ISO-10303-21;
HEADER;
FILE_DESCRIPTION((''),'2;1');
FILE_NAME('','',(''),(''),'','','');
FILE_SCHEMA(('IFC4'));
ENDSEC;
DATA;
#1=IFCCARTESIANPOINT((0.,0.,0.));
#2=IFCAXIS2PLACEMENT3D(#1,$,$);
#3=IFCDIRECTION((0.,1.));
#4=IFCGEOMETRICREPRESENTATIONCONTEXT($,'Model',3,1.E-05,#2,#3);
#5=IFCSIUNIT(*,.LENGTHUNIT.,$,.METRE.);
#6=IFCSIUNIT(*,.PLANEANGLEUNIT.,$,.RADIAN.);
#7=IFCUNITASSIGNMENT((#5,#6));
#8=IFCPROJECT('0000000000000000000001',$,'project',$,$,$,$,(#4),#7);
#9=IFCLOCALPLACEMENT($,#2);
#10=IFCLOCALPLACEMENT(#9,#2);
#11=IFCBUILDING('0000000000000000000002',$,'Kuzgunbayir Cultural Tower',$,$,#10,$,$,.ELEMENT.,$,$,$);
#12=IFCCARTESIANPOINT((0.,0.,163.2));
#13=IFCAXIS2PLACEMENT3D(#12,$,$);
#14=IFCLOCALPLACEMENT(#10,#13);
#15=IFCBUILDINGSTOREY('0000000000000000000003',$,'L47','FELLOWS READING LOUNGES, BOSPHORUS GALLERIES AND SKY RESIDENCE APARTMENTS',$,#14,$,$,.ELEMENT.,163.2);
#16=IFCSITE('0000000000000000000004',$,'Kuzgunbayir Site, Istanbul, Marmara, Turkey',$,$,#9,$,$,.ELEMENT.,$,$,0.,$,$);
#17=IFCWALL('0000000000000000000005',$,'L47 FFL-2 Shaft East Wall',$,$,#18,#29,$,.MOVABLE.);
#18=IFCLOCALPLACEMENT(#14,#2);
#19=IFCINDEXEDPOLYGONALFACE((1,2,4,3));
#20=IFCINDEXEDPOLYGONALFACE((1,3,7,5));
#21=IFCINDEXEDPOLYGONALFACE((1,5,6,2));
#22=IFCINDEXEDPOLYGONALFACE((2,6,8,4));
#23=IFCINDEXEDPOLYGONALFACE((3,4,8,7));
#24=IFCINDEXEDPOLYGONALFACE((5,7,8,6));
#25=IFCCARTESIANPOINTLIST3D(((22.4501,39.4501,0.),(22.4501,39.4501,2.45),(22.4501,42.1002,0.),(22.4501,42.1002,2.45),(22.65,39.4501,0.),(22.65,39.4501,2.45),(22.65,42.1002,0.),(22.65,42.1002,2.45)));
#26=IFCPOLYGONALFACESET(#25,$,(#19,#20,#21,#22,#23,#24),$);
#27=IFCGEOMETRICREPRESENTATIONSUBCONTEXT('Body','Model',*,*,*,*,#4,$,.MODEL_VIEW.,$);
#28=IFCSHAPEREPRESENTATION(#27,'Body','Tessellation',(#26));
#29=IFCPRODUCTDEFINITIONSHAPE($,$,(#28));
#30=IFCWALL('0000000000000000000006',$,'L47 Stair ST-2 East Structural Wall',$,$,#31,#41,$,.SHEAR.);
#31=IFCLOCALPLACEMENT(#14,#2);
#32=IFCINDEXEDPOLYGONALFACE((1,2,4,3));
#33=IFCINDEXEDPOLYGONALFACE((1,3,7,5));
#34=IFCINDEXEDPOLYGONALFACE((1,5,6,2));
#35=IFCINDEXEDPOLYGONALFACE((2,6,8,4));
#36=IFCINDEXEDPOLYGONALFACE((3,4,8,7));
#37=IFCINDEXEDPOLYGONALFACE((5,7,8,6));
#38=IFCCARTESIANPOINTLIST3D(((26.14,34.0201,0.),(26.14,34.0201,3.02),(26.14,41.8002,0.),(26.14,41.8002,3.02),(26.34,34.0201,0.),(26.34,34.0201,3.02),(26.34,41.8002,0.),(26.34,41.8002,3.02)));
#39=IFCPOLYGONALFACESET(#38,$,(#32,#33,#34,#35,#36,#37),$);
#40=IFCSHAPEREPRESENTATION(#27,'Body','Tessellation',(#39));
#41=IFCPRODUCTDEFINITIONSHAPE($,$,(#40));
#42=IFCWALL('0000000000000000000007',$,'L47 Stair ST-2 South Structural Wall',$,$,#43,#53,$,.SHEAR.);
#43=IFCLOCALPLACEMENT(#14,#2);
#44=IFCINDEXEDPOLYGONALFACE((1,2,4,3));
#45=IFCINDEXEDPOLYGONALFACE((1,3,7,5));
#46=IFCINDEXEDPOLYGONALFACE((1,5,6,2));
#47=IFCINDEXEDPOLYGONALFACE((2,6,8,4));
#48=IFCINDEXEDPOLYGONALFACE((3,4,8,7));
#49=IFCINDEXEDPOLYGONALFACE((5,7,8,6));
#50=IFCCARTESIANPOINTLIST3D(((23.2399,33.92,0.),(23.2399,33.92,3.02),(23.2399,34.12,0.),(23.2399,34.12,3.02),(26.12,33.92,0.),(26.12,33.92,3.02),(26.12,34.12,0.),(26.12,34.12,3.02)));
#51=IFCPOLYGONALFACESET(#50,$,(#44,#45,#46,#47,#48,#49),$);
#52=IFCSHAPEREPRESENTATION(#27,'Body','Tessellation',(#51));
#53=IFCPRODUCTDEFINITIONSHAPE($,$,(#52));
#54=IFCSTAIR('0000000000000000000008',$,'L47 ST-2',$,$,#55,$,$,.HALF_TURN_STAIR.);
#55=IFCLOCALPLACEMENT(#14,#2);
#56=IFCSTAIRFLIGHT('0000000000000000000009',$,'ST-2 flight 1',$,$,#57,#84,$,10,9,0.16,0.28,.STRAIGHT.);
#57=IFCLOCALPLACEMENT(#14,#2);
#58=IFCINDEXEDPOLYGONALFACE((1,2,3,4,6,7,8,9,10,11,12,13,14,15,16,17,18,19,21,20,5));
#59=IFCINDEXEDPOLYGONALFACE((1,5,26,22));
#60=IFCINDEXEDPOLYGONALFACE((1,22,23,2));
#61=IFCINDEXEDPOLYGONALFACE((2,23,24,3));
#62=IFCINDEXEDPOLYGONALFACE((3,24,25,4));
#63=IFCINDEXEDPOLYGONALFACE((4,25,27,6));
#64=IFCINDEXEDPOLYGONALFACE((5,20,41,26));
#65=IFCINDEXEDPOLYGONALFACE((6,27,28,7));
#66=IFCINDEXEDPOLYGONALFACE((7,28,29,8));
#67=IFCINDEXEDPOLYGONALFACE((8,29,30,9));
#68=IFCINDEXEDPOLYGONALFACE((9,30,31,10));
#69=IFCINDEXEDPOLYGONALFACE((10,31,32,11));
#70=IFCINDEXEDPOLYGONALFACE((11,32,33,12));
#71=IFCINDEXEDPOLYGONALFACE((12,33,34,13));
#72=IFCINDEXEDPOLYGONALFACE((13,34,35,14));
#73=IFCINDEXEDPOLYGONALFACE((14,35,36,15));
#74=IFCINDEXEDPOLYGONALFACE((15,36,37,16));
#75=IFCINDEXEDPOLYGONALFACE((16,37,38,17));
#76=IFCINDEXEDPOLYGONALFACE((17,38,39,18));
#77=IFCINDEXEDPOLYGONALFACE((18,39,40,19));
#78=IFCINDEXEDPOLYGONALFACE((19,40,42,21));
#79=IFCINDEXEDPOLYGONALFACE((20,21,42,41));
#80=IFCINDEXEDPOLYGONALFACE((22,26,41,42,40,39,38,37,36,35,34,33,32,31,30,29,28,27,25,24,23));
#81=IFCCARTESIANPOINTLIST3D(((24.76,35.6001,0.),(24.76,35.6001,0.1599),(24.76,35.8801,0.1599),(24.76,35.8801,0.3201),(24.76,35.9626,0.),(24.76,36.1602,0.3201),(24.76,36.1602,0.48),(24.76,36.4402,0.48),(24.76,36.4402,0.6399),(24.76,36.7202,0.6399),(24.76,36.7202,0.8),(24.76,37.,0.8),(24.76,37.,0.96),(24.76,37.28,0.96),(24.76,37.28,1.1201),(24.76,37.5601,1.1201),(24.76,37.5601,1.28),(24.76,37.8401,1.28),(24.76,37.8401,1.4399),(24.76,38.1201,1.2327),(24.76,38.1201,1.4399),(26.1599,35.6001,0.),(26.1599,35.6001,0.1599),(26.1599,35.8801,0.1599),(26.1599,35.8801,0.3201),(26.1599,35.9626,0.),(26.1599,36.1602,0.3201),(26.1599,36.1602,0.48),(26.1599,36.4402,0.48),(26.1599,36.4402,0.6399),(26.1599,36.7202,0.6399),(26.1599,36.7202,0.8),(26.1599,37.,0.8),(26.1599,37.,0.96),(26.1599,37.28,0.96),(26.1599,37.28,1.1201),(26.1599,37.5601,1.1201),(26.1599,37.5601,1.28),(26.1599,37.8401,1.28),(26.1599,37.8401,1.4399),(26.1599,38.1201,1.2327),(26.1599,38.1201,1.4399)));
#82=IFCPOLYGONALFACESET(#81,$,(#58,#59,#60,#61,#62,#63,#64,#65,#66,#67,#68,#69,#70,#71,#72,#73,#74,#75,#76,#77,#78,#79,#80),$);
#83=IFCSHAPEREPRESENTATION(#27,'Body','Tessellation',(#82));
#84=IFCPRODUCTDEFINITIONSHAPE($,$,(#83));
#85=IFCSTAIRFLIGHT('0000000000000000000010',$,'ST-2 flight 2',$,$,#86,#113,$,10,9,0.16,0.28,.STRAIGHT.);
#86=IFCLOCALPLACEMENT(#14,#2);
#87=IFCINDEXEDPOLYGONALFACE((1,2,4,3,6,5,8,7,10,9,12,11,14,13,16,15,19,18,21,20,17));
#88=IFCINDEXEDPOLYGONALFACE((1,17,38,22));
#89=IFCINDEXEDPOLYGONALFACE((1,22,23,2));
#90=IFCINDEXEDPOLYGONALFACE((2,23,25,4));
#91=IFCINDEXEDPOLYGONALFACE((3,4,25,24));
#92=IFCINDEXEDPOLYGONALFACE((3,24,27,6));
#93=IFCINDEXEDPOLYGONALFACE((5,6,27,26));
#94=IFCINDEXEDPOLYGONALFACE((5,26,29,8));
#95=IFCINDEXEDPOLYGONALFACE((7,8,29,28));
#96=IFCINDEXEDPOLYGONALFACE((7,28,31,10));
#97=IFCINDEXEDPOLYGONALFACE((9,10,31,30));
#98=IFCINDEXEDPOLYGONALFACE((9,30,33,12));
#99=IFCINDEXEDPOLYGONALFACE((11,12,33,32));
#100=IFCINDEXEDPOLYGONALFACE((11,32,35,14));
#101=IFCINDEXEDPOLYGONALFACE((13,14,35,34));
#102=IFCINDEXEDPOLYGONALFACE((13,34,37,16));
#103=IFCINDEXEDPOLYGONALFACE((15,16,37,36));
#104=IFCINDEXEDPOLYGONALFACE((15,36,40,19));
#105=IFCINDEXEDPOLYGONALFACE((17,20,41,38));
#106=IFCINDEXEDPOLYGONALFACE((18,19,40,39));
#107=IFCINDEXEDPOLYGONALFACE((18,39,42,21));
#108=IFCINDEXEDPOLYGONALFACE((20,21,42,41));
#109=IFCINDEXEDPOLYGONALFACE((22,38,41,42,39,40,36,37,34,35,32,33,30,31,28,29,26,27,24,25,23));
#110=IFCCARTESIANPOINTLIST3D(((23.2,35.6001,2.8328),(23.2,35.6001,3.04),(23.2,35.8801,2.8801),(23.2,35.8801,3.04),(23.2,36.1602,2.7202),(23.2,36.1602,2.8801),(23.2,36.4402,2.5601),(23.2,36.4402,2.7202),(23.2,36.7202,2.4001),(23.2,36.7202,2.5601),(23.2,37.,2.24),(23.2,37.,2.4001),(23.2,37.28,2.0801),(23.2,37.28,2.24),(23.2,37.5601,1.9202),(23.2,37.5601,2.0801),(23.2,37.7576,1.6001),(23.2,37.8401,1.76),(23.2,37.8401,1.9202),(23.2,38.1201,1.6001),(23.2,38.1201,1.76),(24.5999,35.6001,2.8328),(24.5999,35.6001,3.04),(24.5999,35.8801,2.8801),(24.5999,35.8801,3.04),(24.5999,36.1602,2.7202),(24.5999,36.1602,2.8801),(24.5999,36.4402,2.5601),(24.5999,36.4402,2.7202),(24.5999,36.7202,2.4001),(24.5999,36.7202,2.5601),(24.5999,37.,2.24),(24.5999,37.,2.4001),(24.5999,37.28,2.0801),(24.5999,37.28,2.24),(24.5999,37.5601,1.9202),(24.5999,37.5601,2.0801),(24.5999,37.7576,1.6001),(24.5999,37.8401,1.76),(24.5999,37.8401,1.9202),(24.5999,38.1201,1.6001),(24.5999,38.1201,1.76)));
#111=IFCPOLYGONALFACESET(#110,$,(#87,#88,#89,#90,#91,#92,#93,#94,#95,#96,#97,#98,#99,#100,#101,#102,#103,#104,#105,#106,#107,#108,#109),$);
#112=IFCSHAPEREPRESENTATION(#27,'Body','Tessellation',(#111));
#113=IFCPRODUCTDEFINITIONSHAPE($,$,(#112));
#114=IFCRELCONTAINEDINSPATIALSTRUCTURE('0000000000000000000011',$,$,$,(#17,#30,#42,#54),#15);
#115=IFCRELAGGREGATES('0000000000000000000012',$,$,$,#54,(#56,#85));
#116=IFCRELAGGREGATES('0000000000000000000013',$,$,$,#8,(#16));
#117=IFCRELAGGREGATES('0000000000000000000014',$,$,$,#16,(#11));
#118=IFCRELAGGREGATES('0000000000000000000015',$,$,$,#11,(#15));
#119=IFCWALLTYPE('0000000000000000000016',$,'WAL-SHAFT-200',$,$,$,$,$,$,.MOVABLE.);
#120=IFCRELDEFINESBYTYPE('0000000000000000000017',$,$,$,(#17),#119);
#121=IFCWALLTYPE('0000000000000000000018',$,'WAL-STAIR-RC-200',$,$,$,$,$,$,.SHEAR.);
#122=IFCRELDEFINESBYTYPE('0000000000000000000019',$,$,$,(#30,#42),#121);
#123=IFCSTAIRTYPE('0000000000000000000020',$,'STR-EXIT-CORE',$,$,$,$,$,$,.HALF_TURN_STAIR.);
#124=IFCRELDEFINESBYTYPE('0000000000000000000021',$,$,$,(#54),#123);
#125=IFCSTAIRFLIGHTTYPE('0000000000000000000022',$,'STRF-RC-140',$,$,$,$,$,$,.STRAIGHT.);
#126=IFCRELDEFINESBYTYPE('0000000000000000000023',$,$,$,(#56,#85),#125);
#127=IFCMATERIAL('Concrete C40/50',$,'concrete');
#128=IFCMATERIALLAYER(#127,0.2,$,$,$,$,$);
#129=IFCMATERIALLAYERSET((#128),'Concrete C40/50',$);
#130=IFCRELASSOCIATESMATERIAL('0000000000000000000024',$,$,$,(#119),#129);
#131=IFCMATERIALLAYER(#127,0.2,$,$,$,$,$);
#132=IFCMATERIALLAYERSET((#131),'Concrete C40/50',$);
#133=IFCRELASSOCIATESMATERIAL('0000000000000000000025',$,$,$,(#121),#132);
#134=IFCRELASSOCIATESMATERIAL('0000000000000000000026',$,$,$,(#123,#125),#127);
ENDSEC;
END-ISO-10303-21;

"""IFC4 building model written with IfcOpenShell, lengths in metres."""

from ifc_helpers import new_model, si_unit, direction, frame, frame_2d, origin, place, context, subcontext, project, spatial, polyline, rectangle, outline, extrude, material, layer, layer_set, type_object, element, aggregate, save


model = new_model("IFC4")

# Units and contexts
model_context = context("Model", 3, precision=1e-05, world=origin(), true_north=direction((0.0, 1.0)))
body_context = subcontext(model_context, "Body", "Model", "MODEL_VIEW")
ifc_project = project(units=[si_unit("LENGTHUNIT", "METRE"), si_unit("PLANEANGLEUNIT", "RADIAN")], contexts=[model_context])

# Site, building, storey
site_placement = place(None, origin())
site = spatial("IfcSite", under=ifc_project, at=site_placement, Name="Kuzgunbayir Site, Istanbul, Marmara, Turkey", CompositionType="ELEMENT", RefElevation=0.0)
building_placement = place(site_placement, origin())
building = spatial("IfcBuilding", under=site, at=building_placement, Name="Kuzgunbayir Cultural Tower", CompositionType="ELEMENT")
storey_placement = place(building_placement, frame((0.0, 0.0, 163.2)))
storey = spatial("IfcBuildingStorey", under=building, at=storey_placement, Name="L47", Description="FELLOWS READING LOUNGES, BOSPHORUS GALLERIES AND SKY RESIDENCE APARTMENTS", CompositionType="ELEMENT", Elevation=163.2)

# Shared definitions
ifc_material_1 = material(Name="Concrete C40/50", Category="concrete")
ifc_layer_1 = layer(ifc_material_1, 0.2)
ifc_layer_set_1 = layer_set([ifc_layer_1], Name="Concrete C40/50")
wall_type_1 = type_object("IfcWallType", Name="WAL-SHAFT-200", PredefinedType="MOVABLE", material=ifc_layer_set_1)

# Walls
for number, where, z_axis, x_axis, name in (
    (1, (22.55, 39.45, 0.0), (0.0, 0.0, 1.0), (0.0, 1.0, 0.0), "L47 FFL-2 Shaft East Wall"),
):
    element("IfcWall", number, at=place(storey_placement, frame(where, z_axis=z_axis, x_axis=x_axis)), inside=storey, type_object=wall_type_1, Name=name, PredefinedType="MOVABLE", context=body_context, shape_type="SweptSolid", body=[
        extrude(rectangle(XDim=2.6501, YDim=0.2, at=frame_2d((1.3252, 0.0))), origin(), (0.0, 0.0, 1.0), 2.45),
    ])
ifc_layer_2 = layer(ifc_material_1, 0.2)
ifc_layer_set_2 = layer_set([ifc_layer_2], Name="Concrete C40/50")
wall_type_2 = type_object("IfcWallType", Name="WAL-STAIR-RC-200", PredefinedType="SHEAR", material=ifc_layer_set_2)
wall_1_placement = place(storey_placement, frame((26.24, 34.02, 0.0), z_axis=(0.0, 0.0, 1.0), x_axis=(0.0, 1.0, 0.0)))
element("IfcWall", 2, at=wall_1_placement, inside=storey, type_object=wall_type_2, Name="L47 Stair ST-2 East Structural Wall", PredefinedType="SHEAR", context=body_context, shape_type="SweptSolid", body=[
    extrude(rectangle(XDim=7.78, YDim=0.2, at=frame_2d((3.8901, 0.0))), origin(), (0.0, 0.0, 1.0), 3.02),
])
wall_2_placement = place(storey_placement, frame((23.24, 34.02, 0.0), z_axis=(0.0, 0.0, 1.0), x_axis=(1.0, 0.0, 0.0)))
element("IfcWall", 3, at=wall_2_placement, inside=storey, type_object=wall_type_2, Name="L47 Stair ST-2 South Structural Wall", PredefinedType="SHEAR", context=body_context, shape_type="SweptSolid", body=[
    extrude(rectangle(XDim=2.8801, YDim=0.2, at=frame_2d((1.4399, 0.0))), origin(), (0.0, 0.0, 1.0), 3.02),
])

# Stair, stair flights
stair_type = type_object("IfcStairType", Name="STR-EXIT-CORE", PredefinedType="HALF_TURN_STAIR", material=ifc_material_1)
stair_placement = place(storey_placement, origin())
stair = element("IfcStair", 4, at=stair_placement, inside=storey, type_object=stair_type, Name="L47 ST-2", PredefinedType="HALF_TURN_STAIR")
stair_flight_type = type_object("IfcStairFlightType", Name="STRF-RC-140", PredefinedType="STRAIGHT", material=ifc_material_1)
stair_flight_1_placement = place(storey_placement, frame((25.46, 35.6001, 0.0), z_axis=(0.0, 0.0, 1.0), x_axis=(0.0, 1.0, 0.0)))
stair_flight_1 = element("IfcStairFlight", 5, at=stair_flight_1_placement, type_object=stair_flight_type, Name="ST-2 flight 1", NumberOfRisers=10, NumberOfTreads=9, PredefinedType="STRAIGHT", RiserHeight=0.16, TreadLength=0.28, context=body_context, shape_type="SweptSolid", body=[
    extrude(outline(polyline([(0.0, 0.0), (0.0, 0.1599), (0.28, 0.1599), (0.28, 0.3201), (0.5601, 0.3201), (0.5601, 0.48), (0.8401, 0.48), (0.8401, 0.6399), (1.1201, 0.6399), (1.1201, 0.8), (1.3999, 0.8), (1.3999, 0.96), (1.6799, 0.96), (1.6799, 1.1201), (1.96, 1.1201), (1.96, 1.28), (2.24, 1.28), (2.24, 1.4399), (2.52, 1.4399), (2.52, 1.6001), (2.52, 1.2327), (0.3625, 0.0), (0.0, 0.0)])), frame((0.0, 0.7, 0.0), z_axis=(0.0, -1.0, 0.0), x_axis=(1.0, 0.0, 0.0)), (0.0, 0.0, 1.0), 1.3999),
])
stair_flight_2_placement = place(storey_placement, frame((23.8999, 38.1201, 1.6001), z_axis=(0.0, 0.0, 1.0), x_axis=(0.0, -1.0, 0.0)))
stair_flight_2 = element("IfcStairFlight", 6, at=stair_flight_2_placement, type_object=stair_flight_type, Name="ST-2 flight 2", NumberOfRisers=10, NumberOfTreads=9, PredefinedType="STRAIGHT", RiserHeight=0.16, TreadLength=0.28, context=body_context, shape_type="SweptSolid", body=[
    extrude(outline(polyline([(0.0, 0.0), (0.0, 0.1599), (0.28, 0.1599), (0.28, 0.3201), (0.5601, 0.3201), (0.5601, 0.48), (0.8401, 0.48), (0.8401, 0.6399), (1.1201, 0.6399), (1.1201, 0.8), (1.3999, 0.8), (1.3999, 0.96), (1.6799, 0.96), (1.6799, 1.1201), (1.96, 1.1201), (1.96, 1.28), (2.24, 1.28), (2.24, 1.4399), (2.52, 1.4399), (2.52, 1.6001), (2.52, 1.2327), (0.3625, 0.0), (0.0, 0.0)])), frame((0.0, 0.7, 0.0), z_axis=(0.0, -1.0, 0.0), x_axis=(1.0, 0.0, 0.0)), (0.0, 0.0, 1.0), 1.3999),
])
aggregate(stair, [stair_flight_1, stair_flight_2])

save(model, "model.ifc")
